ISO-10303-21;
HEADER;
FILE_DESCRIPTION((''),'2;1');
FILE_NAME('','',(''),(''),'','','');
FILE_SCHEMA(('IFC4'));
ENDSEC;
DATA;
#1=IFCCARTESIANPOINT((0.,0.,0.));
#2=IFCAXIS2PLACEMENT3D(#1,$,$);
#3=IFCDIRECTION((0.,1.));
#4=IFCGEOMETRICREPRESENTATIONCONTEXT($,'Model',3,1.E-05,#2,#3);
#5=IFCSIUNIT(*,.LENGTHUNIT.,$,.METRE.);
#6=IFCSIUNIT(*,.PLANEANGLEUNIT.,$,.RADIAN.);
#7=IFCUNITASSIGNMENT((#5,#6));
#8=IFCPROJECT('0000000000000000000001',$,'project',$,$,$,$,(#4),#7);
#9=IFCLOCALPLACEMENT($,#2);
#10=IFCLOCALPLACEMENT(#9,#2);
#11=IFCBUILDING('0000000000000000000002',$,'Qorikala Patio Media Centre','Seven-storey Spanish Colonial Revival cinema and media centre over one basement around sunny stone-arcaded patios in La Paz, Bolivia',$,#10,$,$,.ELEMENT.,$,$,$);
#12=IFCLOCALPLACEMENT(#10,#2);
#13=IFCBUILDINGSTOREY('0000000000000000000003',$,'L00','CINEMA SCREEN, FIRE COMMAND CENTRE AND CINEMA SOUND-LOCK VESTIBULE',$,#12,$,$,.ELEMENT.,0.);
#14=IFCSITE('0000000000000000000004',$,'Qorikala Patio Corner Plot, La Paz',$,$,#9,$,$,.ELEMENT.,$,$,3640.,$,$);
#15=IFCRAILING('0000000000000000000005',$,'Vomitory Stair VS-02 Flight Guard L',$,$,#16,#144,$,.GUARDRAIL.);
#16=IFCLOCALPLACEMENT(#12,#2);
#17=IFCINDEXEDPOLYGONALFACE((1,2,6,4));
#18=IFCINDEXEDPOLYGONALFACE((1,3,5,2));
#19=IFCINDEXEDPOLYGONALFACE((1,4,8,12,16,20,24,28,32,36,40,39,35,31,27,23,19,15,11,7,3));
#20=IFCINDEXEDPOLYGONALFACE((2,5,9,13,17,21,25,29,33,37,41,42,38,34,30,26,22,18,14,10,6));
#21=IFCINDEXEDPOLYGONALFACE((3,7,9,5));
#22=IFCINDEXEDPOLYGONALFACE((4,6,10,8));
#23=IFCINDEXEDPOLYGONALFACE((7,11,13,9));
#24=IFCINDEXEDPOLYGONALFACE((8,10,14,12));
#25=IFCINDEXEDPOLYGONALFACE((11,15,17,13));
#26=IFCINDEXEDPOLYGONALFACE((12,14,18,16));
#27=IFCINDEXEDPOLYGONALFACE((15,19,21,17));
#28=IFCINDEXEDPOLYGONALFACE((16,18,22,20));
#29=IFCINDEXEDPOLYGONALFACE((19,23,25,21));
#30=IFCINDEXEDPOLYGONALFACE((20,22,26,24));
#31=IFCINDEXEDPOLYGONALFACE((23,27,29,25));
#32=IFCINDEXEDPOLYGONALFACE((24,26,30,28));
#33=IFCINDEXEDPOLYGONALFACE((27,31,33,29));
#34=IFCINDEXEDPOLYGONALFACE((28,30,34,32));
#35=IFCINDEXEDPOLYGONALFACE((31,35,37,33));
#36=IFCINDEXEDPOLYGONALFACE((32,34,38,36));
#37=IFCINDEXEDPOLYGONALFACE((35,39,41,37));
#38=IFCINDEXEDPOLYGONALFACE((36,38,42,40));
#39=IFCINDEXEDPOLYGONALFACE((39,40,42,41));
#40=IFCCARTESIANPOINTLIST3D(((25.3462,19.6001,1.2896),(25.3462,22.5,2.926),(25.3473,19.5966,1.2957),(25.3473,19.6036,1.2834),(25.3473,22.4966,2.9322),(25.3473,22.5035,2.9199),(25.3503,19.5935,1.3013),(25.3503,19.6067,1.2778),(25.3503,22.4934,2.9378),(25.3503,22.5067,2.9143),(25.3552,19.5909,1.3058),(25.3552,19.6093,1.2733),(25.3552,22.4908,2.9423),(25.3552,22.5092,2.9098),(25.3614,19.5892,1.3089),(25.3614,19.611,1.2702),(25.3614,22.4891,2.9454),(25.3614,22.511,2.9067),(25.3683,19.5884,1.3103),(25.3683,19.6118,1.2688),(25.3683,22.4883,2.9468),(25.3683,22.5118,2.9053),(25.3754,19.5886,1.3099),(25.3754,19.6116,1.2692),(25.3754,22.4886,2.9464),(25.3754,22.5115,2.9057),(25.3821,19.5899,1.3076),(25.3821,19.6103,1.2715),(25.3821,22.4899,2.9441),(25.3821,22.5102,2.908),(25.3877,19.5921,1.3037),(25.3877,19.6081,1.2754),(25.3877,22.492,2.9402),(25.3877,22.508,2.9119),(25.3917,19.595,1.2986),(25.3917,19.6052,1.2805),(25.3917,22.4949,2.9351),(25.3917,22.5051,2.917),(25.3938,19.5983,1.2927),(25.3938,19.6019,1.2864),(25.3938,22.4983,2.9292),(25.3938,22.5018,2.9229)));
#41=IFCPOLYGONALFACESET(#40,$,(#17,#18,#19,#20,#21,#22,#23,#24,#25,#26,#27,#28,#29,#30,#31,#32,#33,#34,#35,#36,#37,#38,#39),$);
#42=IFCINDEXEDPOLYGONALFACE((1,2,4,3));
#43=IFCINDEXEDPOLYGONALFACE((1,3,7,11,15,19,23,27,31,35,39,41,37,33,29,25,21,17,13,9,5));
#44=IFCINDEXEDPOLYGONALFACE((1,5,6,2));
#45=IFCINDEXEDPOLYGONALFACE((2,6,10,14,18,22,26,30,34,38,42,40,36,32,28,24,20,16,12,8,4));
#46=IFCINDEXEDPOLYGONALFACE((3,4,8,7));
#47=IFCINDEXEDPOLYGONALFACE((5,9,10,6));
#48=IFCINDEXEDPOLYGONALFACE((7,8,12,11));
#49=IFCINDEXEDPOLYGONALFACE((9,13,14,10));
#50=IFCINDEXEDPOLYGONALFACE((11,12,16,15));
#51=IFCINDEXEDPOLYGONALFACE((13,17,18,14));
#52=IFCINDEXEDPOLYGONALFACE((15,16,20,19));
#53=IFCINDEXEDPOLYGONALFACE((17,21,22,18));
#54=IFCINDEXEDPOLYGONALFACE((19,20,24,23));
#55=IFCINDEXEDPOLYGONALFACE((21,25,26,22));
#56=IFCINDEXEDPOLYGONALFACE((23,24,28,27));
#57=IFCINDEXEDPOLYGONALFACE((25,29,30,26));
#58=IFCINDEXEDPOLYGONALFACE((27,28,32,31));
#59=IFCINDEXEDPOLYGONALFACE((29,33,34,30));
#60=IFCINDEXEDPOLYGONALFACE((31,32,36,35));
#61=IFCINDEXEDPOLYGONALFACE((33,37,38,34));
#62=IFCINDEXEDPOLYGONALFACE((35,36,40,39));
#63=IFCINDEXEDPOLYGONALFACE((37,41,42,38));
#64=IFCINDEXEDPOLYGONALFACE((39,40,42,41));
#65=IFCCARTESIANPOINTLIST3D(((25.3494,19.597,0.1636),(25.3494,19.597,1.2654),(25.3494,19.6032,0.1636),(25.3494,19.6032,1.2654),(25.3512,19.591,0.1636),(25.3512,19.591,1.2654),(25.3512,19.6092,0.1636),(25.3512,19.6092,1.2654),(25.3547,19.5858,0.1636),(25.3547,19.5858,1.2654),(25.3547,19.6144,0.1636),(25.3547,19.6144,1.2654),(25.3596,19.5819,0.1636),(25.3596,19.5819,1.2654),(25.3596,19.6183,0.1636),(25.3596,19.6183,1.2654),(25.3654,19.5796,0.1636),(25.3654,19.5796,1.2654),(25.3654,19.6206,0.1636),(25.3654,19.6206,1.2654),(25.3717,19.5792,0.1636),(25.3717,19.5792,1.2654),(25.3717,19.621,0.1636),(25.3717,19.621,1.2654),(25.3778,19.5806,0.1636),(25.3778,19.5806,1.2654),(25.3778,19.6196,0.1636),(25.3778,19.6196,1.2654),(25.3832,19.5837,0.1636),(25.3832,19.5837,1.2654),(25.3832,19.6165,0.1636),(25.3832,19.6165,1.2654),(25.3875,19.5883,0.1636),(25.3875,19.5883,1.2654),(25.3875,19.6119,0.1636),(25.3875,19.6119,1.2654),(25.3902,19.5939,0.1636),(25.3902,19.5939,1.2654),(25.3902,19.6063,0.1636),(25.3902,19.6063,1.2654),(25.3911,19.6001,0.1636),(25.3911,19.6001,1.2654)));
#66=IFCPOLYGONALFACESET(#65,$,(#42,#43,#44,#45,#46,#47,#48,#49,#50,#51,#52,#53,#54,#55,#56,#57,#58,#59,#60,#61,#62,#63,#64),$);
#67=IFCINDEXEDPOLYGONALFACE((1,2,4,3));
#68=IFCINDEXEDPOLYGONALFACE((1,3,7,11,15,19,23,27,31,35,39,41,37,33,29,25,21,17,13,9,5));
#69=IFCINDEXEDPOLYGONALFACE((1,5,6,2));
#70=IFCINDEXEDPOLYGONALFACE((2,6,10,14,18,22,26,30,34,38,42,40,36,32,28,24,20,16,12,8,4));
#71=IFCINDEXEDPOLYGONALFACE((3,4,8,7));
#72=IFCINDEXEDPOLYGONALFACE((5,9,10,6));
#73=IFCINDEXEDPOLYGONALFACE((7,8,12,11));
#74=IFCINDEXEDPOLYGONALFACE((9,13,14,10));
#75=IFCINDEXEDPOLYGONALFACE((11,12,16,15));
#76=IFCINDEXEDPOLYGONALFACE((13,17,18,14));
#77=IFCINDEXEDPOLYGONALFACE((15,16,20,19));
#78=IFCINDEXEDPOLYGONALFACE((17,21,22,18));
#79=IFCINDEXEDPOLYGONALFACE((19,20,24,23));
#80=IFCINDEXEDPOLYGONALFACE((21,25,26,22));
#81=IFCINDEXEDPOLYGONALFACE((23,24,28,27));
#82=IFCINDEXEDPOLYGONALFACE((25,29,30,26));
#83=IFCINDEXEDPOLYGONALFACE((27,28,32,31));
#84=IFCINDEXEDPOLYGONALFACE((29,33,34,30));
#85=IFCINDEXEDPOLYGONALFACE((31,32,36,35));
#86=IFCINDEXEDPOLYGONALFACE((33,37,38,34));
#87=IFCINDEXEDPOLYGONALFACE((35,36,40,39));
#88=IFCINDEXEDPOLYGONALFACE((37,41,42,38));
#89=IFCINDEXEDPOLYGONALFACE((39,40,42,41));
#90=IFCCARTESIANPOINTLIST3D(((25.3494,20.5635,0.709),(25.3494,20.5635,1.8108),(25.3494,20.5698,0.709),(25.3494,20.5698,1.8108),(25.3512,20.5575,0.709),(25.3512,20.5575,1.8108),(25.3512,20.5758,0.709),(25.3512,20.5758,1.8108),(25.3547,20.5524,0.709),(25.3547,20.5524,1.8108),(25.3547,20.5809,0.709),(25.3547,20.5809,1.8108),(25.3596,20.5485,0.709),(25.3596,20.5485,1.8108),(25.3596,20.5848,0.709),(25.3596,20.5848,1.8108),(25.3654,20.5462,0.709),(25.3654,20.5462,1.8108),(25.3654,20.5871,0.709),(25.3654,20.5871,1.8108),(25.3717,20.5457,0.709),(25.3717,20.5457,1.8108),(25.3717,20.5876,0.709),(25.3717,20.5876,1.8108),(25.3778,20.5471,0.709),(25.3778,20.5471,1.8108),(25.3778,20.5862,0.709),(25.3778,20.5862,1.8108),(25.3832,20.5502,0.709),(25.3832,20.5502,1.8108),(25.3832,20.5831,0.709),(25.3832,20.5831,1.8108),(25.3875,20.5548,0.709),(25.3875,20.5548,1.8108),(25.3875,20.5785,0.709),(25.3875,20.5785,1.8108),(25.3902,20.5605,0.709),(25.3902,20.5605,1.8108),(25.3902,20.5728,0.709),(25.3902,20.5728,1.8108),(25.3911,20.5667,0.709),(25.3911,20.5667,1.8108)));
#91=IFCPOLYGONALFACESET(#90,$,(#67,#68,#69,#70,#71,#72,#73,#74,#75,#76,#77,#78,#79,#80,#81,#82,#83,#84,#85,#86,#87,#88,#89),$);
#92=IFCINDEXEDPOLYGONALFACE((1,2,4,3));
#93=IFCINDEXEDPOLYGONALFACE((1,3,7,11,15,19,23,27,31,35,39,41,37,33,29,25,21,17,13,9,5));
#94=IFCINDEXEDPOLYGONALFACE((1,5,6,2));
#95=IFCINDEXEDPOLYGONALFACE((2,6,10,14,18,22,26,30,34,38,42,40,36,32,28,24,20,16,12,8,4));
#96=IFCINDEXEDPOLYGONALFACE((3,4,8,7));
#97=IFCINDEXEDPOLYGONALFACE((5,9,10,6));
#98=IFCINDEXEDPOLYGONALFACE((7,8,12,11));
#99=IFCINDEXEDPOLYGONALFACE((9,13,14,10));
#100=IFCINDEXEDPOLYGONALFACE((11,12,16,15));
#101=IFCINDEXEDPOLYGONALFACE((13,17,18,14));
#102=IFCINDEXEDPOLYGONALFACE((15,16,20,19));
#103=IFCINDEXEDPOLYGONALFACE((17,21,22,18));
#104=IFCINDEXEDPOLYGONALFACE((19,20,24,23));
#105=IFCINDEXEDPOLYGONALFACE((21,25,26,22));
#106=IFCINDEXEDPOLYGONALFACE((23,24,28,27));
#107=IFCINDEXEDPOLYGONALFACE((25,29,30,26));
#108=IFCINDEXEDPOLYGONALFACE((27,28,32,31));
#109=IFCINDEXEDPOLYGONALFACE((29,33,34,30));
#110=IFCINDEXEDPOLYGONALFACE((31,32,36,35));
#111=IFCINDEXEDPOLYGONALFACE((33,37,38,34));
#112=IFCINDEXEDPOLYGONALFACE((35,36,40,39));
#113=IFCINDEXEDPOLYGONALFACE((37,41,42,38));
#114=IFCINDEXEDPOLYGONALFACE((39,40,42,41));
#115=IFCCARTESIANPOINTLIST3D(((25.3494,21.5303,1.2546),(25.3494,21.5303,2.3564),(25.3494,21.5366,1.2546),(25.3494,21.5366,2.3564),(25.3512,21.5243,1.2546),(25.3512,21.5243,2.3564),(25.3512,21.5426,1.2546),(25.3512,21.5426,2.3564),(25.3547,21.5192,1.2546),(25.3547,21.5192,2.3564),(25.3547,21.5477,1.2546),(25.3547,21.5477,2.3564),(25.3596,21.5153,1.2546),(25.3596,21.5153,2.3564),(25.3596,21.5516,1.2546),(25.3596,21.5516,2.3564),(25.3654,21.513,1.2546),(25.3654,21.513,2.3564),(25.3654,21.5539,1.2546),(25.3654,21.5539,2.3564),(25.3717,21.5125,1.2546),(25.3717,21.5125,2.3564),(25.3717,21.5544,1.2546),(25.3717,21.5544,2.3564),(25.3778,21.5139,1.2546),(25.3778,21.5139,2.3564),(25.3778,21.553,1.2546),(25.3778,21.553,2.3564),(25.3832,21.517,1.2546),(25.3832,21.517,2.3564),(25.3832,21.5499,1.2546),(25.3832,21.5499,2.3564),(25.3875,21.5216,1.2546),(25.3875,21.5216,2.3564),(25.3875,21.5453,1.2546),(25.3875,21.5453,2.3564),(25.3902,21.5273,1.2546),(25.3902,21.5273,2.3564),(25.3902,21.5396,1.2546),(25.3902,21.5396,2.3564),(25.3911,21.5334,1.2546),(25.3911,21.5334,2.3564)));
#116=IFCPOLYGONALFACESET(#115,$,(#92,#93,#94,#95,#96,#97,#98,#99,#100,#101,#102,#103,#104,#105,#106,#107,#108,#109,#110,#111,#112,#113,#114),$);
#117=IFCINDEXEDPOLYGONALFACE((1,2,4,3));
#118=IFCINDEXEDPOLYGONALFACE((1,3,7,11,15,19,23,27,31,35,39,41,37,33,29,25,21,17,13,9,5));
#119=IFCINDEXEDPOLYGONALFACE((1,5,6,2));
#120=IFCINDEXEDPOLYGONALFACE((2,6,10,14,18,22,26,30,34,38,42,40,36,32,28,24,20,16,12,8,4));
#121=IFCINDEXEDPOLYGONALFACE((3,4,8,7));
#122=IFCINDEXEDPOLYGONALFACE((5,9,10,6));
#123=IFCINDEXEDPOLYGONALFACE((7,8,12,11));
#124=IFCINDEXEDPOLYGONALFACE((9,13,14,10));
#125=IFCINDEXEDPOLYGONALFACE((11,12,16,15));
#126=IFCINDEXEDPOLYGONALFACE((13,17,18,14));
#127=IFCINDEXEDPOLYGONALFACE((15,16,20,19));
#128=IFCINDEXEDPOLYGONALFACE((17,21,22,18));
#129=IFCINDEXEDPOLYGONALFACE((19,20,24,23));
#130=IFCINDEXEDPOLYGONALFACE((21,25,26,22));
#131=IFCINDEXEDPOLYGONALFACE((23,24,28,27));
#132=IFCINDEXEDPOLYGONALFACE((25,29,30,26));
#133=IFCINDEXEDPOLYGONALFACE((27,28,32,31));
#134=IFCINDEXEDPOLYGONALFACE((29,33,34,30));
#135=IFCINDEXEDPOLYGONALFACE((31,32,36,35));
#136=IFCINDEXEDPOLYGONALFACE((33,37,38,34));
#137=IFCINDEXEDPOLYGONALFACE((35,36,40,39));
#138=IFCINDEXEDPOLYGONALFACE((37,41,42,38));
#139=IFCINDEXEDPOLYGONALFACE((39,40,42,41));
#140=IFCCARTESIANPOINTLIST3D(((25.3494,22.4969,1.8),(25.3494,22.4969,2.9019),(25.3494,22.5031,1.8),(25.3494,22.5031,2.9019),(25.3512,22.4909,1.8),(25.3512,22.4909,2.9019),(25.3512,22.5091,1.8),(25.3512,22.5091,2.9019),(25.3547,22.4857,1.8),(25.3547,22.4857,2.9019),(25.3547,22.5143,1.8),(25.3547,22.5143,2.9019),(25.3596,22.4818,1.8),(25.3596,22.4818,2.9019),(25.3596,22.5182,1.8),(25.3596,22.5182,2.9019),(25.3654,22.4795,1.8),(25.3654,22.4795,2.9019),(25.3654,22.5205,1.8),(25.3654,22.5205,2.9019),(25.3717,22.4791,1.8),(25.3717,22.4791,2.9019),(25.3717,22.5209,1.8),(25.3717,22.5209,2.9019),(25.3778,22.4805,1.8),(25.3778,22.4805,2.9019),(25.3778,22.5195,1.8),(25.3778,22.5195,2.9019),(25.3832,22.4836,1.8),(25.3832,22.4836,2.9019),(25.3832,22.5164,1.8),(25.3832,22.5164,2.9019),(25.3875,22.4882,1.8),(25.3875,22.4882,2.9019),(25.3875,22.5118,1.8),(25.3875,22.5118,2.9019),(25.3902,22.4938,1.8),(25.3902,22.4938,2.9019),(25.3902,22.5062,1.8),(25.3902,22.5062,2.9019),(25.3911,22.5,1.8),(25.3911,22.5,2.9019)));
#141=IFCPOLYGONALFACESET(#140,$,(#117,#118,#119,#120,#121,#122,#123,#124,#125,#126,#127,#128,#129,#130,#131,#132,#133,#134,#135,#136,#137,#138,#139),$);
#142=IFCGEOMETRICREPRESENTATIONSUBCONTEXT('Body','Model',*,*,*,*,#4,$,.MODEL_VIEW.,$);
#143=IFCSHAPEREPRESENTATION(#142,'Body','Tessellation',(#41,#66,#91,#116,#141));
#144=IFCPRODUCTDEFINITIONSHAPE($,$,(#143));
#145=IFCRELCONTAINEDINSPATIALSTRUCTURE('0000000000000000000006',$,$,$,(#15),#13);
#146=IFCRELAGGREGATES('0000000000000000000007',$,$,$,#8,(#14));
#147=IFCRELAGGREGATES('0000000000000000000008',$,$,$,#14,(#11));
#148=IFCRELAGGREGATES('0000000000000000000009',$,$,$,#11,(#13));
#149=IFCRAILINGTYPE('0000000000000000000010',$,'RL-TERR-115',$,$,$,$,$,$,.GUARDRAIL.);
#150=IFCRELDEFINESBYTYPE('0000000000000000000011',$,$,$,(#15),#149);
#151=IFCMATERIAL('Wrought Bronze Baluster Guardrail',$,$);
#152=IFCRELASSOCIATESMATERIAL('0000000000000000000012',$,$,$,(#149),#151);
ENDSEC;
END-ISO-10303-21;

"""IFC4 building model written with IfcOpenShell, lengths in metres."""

from ifc_helpers import new_model, si_unit, direction, frame, origin, origin_2d, place, context, subcontext, project, spatial, circle, extrude, material, type_object, element, save


model = new_model("IFC4")

# Units and contexts
model_context = context("Model", 3, precision=1e-05, world=origin(), true_north=direction((0.0, 1.0)))
body_context = subcontext(model_context, "Body", "Model", "MODEL_VIEW")
ifc_project = project(units=[si_unit("LENGTHUNIT", "METRE"), si_unit("PLANEANGLEUNIT", "RADIAN")], contexts=[model_context])

# Site, building, storey
site_placement = place(None, origin())
site = spatial("IfcSite", under=ifc_project, at=site_placement, Name="Qorikala Patio Corner Plot, La Paz", CompositionType="ELEMENT", RefElevation=3640.0)
building_placement = place(site_placement, origin())
building = spatial("IfcBuilding", under=site, at=building_placement, Name="Qorikala Patio Media Centre", Description="Seven-storey Spanish Colonial Revival cinema and media centre over one basement around sunny stone-arcaded patios in La Paz, Bolivia", CompositionType="ELEMENT")
storey_placement = place(building_placement, origin())
storey = spatial("IfcBuildingStorey", under=building, at=storey_placement, Name="L00", Description="CINEMA SCREEN, FIRE COMMAND CENTRE AND CINEMA SOUND-LOCK VESTIBULE", CompositionType="ELEMENT", Elevation=0.0)

# Railing
ifc_material_1 = material(Name="Wrought Bronze Baluster Guardrail")
railing_type_1 = type_object("IfcRailingType", Name="RL-TERR-115", PredefinedType="GUARDRAIL", material=ifc_material_1)
for number, where, name in (
    (1, (25.3701, 19.6001, 0.1636), "Vomitory Stair VS-02 Flight Guard L"),
):
    element("IfcRailing", number, at=place(storey_placement, frame(where)), inside=storey, type_object=railing_type_1, Name=name, PredefinedType="GUARDRAIL", context=body_context, shape_type="SweptSolid", body=[
        extrude(circle(Radius=0.0239, at=origin_2d()), frame((0.0, 0.0, 1.126), z_axis=(0.0, 0.870897, 0.491465), x_axis=(-1.0, 0.0, 0.0)), (0.0, 0.0, 1.0), 3.3298),
        extrude(circle(Radius=0.021, at=origin_2d()), origin(), (0.0, 0.0, 1.0), 1.1018),
        extrude(circle(Radius=0.021, at=origin_2d()), frame((0.0, 0.9666, 0.5454)), (0.0, 0.0, 1.0), 1.1018),
        extrude(circle(Radius=0.021, at=origin_2d()), frame((0.0, 1.9333, 1.0911)), (0.0, 0.0, 1.0), 1.1018),
        extrude(circle(Radius=0.021, at=origin_2d()), frame((0.0, 2.8999, 1.6365)), (0.0, 0.0, 1.0), 1.1018),
    ])

save(model, "model.ifc")
